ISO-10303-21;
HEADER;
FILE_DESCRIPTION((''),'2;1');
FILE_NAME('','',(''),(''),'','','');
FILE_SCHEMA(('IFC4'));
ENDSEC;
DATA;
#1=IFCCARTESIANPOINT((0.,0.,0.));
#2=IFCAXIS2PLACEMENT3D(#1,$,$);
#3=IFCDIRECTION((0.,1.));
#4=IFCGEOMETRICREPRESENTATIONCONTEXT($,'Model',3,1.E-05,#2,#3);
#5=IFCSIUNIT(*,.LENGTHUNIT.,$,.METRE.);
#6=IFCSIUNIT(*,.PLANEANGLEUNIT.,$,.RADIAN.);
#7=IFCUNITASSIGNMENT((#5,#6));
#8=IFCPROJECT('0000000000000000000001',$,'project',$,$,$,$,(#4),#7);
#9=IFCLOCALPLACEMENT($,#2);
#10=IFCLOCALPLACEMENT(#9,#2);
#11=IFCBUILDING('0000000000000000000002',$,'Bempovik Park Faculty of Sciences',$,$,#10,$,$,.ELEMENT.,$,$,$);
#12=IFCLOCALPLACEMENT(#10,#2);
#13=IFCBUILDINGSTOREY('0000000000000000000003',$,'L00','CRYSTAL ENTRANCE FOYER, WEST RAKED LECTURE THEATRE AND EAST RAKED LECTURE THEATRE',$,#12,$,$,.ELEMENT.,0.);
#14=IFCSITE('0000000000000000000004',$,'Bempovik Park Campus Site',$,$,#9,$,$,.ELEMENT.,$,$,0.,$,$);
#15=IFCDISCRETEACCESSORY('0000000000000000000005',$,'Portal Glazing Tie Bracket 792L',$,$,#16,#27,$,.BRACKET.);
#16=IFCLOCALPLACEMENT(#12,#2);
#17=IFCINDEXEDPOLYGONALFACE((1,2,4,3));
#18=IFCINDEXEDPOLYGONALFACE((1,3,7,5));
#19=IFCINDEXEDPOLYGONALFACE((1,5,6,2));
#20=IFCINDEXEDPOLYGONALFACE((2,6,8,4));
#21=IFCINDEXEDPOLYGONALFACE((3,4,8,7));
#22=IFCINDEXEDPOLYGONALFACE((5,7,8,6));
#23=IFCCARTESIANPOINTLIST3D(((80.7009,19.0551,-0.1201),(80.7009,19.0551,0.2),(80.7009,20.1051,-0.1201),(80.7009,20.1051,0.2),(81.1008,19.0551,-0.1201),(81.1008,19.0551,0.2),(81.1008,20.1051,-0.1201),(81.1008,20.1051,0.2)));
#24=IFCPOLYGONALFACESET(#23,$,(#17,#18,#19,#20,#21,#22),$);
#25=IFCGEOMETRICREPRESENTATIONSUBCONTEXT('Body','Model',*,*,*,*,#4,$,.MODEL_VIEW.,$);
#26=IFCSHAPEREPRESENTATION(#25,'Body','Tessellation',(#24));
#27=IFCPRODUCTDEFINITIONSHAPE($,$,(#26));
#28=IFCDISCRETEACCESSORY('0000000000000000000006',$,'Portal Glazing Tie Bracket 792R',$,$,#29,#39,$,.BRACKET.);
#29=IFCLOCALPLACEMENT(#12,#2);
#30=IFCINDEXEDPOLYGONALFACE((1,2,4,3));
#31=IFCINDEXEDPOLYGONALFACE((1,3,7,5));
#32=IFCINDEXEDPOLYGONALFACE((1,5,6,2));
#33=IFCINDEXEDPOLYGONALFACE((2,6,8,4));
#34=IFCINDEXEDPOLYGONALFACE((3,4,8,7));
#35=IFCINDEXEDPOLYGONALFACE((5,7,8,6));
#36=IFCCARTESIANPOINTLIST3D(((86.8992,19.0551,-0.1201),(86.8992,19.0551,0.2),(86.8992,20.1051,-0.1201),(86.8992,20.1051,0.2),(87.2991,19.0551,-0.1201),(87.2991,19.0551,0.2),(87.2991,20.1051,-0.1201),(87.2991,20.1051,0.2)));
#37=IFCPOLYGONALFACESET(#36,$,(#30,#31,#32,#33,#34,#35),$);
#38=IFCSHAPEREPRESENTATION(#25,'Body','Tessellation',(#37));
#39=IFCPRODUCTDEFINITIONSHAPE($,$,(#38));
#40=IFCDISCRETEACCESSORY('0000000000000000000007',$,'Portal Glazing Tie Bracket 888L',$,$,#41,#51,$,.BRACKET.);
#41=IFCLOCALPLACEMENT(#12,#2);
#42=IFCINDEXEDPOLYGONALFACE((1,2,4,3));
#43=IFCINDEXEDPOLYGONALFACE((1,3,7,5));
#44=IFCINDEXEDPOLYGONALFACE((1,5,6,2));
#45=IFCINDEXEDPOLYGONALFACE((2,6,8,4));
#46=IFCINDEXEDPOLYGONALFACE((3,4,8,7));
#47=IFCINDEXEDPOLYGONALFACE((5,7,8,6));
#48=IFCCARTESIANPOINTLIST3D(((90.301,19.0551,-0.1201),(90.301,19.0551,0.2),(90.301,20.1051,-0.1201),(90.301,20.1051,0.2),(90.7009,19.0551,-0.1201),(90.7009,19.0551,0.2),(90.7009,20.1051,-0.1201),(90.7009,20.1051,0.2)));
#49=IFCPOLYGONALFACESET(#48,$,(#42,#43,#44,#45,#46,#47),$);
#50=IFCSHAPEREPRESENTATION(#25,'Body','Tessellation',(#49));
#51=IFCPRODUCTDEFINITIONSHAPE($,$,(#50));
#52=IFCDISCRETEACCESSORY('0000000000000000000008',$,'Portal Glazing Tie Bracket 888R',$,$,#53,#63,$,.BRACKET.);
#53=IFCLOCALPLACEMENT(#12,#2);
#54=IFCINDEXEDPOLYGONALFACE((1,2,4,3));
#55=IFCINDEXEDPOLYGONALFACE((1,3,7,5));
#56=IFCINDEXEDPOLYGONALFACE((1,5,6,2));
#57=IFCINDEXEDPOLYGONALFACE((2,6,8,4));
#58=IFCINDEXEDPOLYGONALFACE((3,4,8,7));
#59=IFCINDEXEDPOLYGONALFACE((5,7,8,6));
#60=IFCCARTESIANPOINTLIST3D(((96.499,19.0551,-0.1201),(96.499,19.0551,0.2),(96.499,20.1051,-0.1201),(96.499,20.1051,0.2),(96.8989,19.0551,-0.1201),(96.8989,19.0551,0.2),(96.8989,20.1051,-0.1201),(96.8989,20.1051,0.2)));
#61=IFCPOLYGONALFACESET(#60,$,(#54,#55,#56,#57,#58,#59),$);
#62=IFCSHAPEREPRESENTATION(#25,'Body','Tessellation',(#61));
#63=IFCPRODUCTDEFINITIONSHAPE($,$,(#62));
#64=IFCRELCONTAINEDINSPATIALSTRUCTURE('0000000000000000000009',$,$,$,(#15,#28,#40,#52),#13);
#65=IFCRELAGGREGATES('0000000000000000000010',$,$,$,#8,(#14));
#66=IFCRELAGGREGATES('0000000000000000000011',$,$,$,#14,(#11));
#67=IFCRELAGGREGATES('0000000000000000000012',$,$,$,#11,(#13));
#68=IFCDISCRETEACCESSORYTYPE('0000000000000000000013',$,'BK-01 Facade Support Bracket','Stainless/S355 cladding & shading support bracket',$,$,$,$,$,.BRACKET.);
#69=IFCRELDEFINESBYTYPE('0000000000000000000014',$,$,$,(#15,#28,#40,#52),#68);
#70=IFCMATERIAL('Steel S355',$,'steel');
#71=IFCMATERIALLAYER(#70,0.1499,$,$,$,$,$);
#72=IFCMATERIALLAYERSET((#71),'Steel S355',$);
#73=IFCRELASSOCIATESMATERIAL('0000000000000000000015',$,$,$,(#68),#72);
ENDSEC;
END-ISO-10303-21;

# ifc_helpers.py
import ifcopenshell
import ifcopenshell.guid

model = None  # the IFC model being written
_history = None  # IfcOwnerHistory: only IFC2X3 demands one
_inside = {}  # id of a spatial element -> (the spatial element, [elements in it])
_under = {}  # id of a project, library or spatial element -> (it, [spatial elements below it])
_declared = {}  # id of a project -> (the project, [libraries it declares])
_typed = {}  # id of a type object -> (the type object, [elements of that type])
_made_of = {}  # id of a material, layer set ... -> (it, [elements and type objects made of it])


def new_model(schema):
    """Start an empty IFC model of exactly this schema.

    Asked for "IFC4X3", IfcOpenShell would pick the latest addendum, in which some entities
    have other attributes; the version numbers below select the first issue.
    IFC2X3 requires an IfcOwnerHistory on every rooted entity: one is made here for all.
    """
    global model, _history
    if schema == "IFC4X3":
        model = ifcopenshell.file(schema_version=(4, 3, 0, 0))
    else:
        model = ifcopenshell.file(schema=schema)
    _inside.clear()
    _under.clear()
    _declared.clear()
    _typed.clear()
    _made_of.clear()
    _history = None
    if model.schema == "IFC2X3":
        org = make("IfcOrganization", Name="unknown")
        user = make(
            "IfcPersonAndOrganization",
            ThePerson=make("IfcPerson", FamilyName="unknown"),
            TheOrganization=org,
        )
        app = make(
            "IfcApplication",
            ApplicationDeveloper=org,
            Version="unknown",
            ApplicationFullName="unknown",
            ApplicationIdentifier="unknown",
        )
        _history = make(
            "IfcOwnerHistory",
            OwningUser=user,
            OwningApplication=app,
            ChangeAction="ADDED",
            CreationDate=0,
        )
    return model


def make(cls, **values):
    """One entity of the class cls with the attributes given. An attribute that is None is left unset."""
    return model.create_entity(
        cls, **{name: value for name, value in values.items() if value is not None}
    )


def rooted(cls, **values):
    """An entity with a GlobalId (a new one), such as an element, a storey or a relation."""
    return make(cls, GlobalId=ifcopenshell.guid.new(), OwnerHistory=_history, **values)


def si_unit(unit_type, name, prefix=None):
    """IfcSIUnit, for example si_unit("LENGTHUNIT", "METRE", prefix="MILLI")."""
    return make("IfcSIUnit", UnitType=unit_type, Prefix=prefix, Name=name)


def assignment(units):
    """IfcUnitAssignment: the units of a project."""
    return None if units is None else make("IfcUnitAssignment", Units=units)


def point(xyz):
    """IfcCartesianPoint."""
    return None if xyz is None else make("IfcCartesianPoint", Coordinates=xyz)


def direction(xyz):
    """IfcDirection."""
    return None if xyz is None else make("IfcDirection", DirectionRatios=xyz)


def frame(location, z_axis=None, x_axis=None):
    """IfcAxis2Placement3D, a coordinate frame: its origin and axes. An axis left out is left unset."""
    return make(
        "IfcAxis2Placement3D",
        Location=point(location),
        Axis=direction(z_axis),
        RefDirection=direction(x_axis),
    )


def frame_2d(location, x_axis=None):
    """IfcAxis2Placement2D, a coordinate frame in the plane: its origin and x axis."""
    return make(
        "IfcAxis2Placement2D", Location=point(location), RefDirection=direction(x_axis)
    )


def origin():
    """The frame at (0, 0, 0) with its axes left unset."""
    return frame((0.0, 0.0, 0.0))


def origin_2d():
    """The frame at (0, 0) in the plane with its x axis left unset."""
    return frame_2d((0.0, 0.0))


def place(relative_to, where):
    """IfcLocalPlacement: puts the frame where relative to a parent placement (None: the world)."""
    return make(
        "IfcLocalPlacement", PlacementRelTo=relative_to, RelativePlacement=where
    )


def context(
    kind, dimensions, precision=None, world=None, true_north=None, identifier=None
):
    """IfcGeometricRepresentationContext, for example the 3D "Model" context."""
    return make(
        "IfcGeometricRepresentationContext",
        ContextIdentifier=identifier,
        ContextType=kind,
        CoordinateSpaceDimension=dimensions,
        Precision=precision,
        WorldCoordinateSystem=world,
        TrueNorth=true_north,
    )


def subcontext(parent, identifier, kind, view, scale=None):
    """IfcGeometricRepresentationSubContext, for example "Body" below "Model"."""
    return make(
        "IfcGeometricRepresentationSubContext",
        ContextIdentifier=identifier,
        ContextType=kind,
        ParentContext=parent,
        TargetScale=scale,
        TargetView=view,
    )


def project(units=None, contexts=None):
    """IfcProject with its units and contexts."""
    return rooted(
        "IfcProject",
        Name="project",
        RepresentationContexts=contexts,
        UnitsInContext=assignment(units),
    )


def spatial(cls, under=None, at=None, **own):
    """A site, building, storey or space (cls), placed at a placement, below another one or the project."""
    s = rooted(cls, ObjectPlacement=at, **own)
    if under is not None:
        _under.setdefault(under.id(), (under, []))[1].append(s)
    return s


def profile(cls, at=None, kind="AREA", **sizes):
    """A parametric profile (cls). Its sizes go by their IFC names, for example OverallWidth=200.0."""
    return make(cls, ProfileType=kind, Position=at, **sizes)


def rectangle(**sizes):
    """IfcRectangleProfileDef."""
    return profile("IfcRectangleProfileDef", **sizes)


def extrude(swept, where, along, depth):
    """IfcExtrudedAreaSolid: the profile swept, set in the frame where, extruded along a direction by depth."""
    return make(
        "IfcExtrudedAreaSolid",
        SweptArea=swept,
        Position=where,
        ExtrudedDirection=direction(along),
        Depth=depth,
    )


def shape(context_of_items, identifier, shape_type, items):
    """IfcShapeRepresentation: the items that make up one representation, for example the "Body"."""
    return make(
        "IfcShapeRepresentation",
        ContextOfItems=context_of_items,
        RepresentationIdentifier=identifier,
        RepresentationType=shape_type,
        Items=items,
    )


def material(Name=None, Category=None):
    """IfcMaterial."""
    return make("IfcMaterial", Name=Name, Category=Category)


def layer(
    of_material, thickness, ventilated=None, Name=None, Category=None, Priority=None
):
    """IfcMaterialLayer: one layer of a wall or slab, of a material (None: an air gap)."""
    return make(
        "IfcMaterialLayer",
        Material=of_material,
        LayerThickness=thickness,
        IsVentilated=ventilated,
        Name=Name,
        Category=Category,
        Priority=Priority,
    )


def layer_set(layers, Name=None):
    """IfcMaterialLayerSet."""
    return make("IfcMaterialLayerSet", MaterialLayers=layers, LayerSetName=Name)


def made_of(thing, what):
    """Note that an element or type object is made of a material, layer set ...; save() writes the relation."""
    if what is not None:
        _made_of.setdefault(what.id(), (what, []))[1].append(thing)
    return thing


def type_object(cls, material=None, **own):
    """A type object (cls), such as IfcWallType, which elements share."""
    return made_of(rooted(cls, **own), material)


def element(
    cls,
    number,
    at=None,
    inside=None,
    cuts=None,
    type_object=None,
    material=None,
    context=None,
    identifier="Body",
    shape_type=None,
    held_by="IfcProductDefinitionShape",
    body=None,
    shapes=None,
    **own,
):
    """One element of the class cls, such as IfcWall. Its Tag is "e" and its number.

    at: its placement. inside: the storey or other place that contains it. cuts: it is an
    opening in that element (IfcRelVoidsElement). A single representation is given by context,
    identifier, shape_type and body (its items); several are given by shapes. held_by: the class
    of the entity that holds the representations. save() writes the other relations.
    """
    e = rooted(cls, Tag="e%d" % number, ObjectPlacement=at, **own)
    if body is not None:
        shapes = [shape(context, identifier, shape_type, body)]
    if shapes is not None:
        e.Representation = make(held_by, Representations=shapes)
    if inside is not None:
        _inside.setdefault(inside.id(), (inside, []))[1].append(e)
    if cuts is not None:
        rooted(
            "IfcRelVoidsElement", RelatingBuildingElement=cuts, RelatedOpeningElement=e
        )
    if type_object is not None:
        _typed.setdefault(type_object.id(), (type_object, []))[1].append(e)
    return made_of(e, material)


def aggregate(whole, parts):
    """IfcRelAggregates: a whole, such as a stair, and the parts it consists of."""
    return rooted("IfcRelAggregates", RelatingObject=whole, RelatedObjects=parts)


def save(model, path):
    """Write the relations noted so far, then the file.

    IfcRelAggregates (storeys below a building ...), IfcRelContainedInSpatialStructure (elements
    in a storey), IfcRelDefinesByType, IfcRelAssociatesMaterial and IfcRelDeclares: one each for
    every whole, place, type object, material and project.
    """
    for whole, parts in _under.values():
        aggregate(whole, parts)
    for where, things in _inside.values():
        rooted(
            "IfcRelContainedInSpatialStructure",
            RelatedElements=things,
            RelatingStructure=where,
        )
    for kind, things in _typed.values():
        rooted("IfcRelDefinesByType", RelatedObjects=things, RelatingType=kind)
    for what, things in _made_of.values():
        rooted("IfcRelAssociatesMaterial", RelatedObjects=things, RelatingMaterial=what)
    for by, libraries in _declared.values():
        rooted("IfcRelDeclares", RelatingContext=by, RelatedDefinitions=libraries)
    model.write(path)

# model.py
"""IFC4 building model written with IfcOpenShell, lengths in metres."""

from ifc_helpers import new_model, si_unit, direction, frame, origin, origin_2d, place, context, subcontext, project, spatial, rectangle, extrude, material, layer, layer_set, type_object, element, save


model = new_model("IFC4")

# Units and contexts
model_context = context("Model", 3, precision=1e-05, world=origin(), true_north=direction((0.0, 1.0)))
body_context = subcontext(model_context, "Body", "Model", "MODEL_VIEW")
ifc_project = project(units=[si_unit("LENGTHUNIT", "METRE"), si_unit("PLANEANGLEUNIT", "RADIAN")], contexts=[model_context])

# Site, building, storey
site_placement = place(None, origin())
site = spatial("IfcSite", under=ifc_project, at=site_placement, Name="Bempovik Park Campus Site", CompositionType="ELEMENT", RefElevation=0.0)
building_placement = place(site_placement, origin())
building = spatial("IfcBuilding", under=site, at=building_placement, Name="Bempovik Park Faculty of Sciences", CompositionType="ELEMENT")
storey_placement = place(building_placement, origin())
storey = spatial("IfcBuildingStorey", under=building, at=storey_placement, Name="L00", Description="CRYSTAL ENTRANCE FOYER, WEST RAKED LECTURE THEATRE AND EAST RAKED LECTURE THEATRE", CompositionType="ELEMENT", Elevation=0.0)

# Discrete accessories
ifc_material_1 = material(Name="Steel S355", Category="steel")
ifc_layer_1 = layer(ifc_material_1, 0.1499)
ifc_layer_set_1 = layer_set([ifc_layer_1], Name="Steel S355")
discrete_accessory_type = type_object("IfcDiscreteAccessoryType", Name="BK-01 Facade Support Bracket", Description="Stainless/S355 cladding & shading support bracket", PredefinedType="BRACKET", material=ifc_layer_set_1)
for number, where, z_axis, x_axis, name in (
    (1, (80.9009, 19.5801, -0.1201), (0.0, 0.0, 1.0), (1.0, 0.0, 0.0), "Portal Glazing Tie Bracket 792L"),
    (2, (87.0991, 19.5801, -0.1201), (0.0, 0.0, 1.0), (1.0, 0.0, 0.0), "Portal Glazing Tie Bracket 792R"),
    (3, (90.501, 19.5801, -0.1201), (0.0, 0.0, 1.0), (1.0, 0.0, 0.0), "Portal Glazing Tie Bracket 888L"),
    (4, (96.699, 19.5801, -0.1201), (0.0, 0.0, 1.0), (1.0, 0.0, 0.0), "Portal Glazing Tie Bracket 888R"),
):
    element("IfcDiscreteAccessory", number, at=place(storey_placement, frame(where, z_axis=z_axis, x_axis=x_axis)), inside=storey, type_object=discrete_accessory_type, Name=name, PredefinedType="BRACKET", context=body_context, shape_type="SweptSolid", body=[
        extrude(rectangle(XDim=0.3999, YDim=1.05, at=origin_2d()), origin(), (0.0, 0.0, 1.0), 0.3201),
    ])

save(model, "model.ifc")
